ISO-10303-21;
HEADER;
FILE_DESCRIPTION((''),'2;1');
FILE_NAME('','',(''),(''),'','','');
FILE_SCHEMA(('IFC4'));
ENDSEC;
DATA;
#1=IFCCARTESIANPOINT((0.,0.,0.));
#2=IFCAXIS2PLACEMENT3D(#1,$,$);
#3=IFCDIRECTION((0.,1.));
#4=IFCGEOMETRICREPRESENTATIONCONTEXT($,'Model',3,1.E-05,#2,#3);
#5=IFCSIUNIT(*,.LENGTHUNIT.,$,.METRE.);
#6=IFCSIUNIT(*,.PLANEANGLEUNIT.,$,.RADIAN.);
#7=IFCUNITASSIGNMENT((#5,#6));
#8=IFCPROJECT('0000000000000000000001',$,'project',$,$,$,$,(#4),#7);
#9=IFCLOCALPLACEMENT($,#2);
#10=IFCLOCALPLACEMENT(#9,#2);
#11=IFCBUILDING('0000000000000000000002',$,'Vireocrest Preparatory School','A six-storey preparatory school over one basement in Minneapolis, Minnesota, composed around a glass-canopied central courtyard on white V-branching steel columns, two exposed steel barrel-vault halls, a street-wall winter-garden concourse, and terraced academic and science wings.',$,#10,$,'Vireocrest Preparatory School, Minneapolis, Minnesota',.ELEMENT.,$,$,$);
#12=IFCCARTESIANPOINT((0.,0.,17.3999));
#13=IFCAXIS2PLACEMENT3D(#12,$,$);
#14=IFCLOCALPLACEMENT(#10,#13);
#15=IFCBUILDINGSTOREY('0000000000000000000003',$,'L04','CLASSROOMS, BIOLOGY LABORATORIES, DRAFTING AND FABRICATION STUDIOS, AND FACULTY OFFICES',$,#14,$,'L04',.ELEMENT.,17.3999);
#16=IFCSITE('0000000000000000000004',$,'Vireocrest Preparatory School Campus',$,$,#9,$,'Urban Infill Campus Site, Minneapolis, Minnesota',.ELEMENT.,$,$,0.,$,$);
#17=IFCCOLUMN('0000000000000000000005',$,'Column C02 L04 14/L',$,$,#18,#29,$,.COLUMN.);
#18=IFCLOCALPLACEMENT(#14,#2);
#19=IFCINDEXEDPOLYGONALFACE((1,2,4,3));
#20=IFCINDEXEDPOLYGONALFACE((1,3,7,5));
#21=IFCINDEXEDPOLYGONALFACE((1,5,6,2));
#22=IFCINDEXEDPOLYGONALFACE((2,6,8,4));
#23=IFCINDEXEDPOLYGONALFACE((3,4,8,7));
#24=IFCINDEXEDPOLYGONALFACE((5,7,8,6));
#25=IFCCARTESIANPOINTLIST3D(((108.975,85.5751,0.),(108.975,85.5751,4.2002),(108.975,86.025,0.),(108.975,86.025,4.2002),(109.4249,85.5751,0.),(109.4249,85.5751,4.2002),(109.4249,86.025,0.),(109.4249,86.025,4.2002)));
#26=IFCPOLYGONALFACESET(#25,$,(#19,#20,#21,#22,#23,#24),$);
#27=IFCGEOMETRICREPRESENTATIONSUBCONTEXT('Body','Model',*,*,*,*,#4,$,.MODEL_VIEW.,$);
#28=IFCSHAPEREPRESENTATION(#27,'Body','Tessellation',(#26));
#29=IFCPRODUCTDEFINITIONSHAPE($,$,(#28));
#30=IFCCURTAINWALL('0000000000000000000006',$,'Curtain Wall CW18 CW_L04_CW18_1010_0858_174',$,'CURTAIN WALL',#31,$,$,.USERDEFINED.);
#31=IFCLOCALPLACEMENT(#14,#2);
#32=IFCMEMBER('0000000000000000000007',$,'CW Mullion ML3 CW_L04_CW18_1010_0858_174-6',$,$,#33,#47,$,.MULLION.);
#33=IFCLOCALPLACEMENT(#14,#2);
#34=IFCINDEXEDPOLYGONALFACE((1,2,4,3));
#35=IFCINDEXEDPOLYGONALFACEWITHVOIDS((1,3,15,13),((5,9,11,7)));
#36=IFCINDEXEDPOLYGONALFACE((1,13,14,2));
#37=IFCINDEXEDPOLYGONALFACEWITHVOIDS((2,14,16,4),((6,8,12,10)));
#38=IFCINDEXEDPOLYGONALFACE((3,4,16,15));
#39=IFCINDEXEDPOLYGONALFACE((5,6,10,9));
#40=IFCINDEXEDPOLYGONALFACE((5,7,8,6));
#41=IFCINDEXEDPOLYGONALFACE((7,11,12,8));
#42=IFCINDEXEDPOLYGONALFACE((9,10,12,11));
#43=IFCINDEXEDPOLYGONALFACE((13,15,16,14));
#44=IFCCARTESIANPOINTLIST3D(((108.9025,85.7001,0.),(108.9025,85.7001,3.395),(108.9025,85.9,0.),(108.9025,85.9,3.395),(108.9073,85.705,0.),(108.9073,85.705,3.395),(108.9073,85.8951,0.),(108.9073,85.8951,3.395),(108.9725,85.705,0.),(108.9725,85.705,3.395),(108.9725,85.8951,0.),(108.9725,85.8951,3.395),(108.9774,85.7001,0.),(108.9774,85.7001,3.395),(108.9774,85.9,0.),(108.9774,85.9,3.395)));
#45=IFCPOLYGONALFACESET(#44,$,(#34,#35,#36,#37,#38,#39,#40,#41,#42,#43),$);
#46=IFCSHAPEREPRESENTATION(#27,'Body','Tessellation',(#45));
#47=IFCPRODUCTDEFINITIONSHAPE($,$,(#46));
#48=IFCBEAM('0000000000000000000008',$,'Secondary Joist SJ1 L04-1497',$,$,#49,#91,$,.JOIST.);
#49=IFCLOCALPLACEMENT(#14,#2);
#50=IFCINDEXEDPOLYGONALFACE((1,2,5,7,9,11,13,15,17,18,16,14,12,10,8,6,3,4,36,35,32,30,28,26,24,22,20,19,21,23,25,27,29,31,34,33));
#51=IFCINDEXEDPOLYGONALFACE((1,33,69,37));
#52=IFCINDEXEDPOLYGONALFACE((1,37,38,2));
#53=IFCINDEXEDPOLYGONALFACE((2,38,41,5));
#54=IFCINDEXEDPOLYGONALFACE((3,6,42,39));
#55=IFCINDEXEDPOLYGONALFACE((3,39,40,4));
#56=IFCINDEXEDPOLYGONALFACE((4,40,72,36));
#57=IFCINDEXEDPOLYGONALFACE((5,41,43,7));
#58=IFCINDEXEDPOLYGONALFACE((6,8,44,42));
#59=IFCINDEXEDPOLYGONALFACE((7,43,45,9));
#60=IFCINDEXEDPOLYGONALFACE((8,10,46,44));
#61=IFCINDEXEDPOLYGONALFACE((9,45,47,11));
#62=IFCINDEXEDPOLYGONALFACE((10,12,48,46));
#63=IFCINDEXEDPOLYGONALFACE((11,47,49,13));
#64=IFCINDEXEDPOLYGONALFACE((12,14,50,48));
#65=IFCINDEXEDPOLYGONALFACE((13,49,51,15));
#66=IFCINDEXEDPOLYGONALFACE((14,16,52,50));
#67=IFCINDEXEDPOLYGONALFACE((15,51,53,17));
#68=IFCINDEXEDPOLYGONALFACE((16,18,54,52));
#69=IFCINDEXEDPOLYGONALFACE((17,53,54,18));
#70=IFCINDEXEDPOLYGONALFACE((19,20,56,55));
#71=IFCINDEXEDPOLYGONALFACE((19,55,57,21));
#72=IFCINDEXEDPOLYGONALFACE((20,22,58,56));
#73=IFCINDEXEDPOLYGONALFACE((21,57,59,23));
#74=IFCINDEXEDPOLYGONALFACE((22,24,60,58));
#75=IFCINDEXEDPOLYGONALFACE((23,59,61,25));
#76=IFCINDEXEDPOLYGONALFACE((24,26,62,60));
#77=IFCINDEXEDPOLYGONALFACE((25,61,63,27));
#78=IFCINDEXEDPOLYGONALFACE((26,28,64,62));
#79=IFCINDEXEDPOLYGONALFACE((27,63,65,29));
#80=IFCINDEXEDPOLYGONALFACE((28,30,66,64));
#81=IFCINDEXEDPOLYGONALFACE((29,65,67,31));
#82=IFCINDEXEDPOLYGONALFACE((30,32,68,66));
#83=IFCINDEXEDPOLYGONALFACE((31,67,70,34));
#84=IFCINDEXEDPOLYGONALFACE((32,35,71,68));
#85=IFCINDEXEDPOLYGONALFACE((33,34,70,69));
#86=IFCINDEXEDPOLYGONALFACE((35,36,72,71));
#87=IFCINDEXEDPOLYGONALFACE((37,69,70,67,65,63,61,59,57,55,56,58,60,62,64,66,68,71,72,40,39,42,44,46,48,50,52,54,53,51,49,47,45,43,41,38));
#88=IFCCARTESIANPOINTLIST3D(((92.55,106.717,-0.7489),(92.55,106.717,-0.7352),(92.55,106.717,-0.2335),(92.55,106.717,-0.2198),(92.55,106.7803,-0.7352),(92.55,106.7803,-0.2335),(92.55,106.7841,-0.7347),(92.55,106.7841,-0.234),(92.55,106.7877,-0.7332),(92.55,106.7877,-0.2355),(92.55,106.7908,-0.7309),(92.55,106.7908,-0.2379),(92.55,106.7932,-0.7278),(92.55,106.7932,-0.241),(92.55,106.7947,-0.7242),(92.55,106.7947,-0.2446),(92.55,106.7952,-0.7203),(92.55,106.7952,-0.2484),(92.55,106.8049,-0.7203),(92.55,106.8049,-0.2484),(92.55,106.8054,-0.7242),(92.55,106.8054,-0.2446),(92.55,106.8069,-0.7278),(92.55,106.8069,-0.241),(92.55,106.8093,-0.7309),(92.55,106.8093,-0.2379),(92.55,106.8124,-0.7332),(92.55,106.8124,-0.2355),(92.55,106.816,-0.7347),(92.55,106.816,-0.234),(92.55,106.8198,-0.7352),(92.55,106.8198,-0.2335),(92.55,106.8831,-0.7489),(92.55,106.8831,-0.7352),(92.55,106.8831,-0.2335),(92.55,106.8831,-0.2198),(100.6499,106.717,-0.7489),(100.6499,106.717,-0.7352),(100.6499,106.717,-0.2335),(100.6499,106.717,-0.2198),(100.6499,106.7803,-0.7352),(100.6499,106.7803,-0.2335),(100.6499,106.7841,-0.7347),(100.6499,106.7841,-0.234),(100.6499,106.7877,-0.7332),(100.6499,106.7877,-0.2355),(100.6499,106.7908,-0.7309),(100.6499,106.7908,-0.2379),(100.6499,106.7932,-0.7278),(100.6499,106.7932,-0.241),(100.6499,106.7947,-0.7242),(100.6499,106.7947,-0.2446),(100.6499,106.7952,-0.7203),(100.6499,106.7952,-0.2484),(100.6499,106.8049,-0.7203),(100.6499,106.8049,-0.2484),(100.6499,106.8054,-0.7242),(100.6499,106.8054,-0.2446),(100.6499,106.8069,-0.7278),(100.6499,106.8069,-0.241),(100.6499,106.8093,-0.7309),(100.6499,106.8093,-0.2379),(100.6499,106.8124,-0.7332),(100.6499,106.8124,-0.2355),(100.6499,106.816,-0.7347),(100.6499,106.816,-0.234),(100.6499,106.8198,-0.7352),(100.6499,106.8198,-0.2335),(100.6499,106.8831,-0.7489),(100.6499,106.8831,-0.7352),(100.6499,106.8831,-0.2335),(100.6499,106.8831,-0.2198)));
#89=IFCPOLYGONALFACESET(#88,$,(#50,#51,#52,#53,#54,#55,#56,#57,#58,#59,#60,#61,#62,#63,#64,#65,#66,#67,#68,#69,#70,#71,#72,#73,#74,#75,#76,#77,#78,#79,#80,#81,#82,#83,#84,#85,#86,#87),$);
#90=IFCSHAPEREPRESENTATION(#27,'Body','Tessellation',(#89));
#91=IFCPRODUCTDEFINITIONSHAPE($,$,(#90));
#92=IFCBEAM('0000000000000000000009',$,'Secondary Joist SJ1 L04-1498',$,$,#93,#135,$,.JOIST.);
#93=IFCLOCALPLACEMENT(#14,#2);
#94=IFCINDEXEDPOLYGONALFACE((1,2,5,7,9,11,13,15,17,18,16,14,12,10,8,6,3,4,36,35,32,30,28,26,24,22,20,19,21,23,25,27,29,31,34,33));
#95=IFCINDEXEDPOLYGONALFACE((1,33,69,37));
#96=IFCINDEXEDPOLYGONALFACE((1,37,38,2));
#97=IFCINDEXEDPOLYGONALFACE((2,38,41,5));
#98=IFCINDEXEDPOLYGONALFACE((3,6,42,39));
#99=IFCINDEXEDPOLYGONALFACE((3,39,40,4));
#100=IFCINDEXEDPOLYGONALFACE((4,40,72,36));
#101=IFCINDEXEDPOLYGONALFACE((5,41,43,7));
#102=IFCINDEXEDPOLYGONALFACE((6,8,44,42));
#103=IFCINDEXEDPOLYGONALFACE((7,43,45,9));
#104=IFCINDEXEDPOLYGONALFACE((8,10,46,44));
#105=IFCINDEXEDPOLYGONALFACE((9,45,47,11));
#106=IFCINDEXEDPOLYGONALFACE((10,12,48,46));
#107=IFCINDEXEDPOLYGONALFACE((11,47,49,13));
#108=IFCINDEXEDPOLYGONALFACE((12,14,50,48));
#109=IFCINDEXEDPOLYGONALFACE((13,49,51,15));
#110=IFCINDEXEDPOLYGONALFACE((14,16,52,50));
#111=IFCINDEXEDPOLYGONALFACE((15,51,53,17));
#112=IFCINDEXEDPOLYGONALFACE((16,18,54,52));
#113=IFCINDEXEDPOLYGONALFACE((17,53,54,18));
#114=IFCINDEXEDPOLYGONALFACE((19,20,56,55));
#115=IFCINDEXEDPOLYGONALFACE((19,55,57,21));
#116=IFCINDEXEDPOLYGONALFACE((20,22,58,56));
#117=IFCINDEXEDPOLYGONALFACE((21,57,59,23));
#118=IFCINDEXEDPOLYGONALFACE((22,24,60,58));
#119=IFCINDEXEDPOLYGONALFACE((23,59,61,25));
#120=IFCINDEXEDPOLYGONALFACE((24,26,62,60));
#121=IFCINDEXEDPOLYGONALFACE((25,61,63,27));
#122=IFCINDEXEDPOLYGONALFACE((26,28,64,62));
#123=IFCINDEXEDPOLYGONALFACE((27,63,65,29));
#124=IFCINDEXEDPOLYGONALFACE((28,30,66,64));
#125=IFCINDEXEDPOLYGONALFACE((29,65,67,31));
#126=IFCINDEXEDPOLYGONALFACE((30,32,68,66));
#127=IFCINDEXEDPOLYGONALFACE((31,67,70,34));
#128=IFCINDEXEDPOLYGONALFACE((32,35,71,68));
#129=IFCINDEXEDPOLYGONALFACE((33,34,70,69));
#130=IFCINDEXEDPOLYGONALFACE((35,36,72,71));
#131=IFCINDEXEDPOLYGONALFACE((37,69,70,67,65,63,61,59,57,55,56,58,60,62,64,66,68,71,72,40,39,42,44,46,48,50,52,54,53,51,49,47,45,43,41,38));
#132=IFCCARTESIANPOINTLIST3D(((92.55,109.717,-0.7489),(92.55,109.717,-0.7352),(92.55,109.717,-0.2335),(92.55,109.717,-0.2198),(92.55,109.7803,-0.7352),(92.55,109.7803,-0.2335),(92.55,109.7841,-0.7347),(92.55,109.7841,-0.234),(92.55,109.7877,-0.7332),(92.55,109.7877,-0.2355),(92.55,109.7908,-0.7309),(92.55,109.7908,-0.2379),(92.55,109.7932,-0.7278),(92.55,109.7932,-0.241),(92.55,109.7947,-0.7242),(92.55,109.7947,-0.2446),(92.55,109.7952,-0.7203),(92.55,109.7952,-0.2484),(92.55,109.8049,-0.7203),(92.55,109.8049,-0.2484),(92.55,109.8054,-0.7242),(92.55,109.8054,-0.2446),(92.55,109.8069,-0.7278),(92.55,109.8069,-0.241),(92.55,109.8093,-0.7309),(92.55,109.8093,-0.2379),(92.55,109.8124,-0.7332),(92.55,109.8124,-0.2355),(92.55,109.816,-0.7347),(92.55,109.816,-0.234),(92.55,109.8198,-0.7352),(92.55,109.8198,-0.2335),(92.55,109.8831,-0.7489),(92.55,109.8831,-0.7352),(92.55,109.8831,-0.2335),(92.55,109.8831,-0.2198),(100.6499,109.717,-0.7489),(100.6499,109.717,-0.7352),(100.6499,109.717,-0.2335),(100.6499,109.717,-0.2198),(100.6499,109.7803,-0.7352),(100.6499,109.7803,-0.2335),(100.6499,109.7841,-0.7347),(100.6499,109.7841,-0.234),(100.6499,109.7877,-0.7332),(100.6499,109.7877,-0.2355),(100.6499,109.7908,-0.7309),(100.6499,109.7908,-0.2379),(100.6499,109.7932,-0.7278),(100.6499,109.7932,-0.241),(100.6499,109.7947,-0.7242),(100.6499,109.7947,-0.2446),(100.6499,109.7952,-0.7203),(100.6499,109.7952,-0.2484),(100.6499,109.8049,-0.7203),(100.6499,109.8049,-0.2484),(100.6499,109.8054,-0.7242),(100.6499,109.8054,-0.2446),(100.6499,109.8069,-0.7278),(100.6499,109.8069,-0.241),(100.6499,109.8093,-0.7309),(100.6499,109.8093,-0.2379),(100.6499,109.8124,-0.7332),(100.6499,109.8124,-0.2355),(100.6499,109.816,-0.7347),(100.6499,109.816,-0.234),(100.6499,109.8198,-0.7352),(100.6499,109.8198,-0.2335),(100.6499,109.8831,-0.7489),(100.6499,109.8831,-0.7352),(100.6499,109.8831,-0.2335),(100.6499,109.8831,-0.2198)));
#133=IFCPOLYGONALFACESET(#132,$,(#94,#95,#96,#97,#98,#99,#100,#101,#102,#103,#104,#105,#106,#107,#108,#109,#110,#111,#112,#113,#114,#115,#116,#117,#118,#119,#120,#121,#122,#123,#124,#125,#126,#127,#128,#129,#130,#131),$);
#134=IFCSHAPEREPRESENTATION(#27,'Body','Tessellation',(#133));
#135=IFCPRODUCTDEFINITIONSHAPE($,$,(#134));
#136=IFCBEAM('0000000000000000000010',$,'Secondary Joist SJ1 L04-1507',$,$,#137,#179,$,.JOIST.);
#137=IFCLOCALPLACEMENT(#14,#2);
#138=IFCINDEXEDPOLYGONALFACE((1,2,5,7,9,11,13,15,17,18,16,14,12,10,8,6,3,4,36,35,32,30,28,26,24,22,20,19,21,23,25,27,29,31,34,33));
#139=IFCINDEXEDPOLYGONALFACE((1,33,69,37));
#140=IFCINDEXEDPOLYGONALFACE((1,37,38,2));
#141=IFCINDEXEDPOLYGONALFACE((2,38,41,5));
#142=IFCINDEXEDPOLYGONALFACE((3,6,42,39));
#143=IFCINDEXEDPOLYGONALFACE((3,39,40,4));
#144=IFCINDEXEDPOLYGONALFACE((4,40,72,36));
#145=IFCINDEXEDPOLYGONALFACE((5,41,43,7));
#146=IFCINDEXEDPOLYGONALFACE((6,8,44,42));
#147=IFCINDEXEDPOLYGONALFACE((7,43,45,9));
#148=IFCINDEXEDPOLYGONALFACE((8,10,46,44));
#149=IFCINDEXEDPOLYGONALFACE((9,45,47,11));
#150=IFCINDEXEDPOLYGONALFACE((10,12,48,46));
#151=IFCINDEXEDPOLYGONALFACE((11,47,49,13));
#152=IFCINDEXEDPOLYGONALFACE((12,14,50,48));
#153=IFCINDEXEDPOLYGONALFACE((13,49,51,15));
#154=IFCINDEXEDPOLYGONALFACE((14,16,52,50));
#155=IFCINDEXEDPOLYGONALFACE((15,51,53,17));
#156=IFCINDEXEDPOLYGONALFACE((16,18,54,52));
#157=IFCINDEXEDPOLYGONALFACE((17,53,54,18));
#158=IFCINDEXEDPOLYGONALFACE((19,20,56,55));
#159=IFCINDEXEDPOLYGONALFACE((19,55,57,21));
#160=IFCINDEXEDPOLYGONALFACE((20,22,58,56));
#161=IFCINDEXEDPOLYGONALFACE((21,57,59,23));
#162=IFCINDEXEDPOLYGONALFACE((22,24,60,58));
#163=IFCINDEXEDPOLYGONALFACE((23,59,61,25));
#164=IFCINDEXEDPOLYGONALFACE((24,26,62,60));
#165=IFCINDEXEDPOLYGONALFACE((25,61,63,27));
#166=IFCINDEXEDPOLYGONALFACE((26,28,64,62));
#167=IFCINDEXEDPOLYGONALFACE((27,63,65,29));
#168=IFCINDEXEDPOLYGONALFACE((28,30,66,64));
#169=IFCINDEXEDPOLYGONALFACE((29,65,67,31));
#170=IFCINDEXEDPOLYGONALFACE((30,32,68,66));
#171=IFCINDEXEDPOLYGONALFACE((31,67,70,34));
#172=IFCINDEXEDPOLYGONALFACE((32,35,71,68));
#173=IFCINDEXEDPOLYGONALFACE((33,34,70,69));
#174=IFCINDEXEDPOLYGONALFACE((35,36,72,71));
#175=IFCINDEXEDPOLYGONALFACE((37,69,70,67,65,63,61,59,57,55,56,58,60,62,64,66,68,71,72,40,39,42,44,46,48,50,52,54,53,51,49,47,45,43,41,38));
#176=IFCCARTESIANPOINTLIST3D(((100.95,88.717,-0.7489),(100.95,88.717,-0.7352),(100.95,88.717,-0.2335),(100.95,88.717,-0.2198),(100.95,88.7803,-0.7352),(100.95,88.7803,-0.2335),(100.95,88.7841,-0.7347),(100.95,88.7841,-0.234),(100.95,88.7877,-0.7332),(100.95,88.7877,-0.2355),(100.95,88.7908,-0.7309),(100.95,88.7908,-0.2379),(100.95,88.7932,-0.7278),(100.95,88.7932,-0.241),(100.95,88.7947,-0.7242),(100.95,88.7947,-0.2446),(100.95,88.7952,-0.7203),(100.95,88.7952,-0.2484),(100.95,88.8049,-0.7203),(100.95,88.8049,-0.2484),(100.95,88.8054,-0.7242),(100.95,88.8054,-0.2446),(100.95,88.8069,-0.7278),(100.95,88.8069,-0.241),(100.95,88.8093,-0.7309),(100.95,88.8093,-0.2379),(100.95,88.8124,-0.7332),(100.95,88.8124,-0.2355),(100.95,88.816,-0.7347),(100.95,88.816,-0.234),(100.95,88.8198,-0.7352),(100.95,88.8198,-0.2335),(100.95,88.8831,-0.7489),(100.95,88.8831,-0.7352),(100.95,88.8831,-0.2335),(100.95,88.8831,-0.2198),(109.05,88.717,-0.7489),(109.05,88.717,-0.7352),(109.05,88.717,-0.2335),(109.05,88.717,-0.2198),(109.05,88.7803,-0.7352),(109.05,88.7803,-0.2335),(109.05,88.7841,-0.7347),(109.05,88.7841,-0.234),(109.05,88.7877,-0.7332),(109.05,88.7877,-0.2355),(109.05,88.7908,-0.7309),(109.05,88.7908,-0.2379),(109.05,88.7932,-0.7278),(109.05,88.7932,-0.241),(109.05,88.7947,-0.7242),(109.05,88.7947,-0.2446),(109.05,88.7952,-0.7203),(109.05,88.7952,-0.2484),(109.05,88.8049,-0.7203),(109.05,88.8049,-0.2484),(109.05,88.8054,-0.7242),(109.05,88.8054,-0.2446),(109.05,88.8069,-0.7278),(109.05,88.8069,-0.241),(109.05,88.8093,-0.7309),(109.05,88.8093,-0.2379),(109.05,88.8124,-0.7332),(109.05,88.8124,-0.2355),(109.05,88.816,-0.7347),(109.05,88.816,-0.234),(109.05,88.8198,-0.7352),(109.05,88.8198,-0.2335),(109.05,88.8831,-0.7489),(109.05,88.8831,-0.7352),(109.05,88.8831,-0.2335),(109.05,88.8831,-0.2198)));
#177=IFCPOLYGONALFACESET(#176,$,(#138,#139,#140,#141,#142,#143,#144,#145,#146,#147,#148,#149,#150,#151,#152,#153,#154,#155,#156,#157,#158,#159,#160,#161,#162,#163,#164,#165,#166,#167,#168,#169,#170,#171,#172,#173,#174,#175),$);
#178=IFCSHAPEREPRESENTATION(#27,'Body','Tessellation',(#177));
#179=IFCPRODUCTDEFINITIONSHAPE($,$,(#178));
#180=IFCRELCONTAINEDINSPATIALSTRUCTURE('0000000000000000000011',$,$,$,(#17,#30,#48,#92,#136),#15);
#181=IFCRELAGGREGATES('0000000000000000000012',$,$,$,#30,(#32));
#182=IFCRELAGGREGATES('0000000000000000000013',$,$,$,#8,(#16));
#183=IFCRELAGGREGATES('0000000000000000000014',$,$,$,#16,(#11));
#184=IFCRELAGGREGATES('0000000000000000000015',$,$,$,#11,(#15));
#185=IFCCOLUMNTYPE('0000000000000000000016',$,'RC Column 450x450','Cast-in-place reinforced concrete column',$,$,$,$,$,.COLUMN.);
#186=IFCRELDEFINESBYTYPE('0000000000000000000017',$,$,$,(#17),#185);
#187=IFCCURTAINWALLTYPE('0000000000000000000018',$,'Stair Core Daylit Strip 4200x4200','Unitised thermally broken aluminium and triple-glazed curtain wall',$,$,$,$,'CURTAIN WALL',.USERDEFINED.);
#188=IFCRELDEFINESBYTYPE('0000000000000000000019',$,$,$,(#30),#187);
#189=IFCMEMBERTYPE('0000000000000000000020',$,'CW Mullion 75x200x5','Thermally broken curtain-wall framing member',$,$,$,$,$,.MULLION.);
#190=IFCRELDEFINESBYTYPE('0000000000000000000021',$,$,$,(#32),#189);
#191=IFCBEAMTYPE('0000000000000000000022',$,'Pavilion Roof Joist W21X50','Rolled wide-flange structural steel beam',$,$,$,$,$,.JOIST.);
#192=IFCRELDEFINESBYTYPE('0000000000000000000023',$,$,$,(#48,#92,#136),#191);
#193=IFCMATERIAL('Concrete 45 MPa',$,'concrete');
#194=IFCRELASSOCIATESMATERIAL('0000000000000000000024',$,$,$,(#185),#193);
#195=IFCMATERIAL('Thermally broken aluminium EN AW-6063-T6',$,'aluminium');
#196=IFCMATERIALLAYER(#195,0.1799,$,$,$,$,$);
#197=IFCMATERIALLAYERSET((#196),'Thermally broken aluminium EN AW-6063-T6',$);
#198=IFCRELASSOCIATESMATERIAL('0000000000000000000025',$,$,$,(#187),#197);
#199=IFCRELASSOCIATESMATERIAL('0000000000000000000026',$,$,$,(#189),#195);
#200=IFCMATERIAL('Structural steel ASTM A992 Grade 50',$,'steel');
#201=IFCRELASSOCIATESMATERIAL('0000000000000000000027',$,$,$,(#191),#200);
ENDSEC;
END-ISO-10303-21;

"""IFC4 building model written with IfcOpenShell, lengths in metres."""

from ifc_helpers import new_model, si_unit, direction, frame, origin, origin_2d, place, context, subcontext, project, spatial, rectangle, hollow_rectangle, i_section, extrude, material, layer, layer_set, material_profile, profile_set, type_object, element, aggregate, save


model = new_model("IFC4")

# Units and contexts
model_context = context("Model", 3, precision=1e-05, world=origin(), true_north=direction((0.0, 1.0)))
body_context = subcontext(model_context, "Body", "Model", "MODEL_VIEW")
ifc_project = project(units=[si_unit("LENGTHUNIT", "METRE"), si_unit("PLANEANGLEUNIT", "RADIAN")], contexts=[model_context])

# Site, building, storey
site_placement = place(None, origin())
site = spatial("IfcSite", under=ifc_project, at=site_placement, Name="Vireocrest Preparatory School Campus", LongName="Urban Infill Campus Site, Minneapolis, Minnesota", CompositionType="ELEMENT", RefElevation=0.0)
building_placement = place(site_placement, origin())
building = spatial("IfcBuilding", under=site, at=building_placement, Name="Vireocrest Preparatory School", Description="A six-storey preparatory school over one basement in Minneapolis, Minnesota, composed around a glass-canopied central courtyard on white V-branching steel columns, two exposed steel barrel-vault halls, a street-wall winter-garden concourse, and terraced academic and science wings.", LongName="Vireocrest Preparatory School, Minneapolis, Minnesota", CompositionType="ELEMENT")
storey_placement = place(building_placement, frame((0.0, 0.0, 17.3999)))
storey = spatial("IfcBuildingStorey", under=building, at=storey_placement, Name="L04", Description="CLASSROOMS, BIOLOGY LABORATORIES, DRAFTING AND FABRICATION STUDIOS, AND FACULTY OFFICES", LongName="L04", CompositionType="ELEMENT", Elevation=17.3999)

# Column
ifc_material_1 = material(Name="Concrete 45 MPa", Category="concrete")
ifc_material_profile_1 = material_profile(ifc_material_1, rectangle(XDim=0.45, YDim=0.45, at=origin_2d()), Name="RC 450x450")
ifc_profile_set_1 = profile_set([ifc_material_profile_1], Name="Concrete 45 MPa")
column_type = type_object("IfcColumnType", Name="RC Column 450x450", Description="Cast-in-place reinforced concrete column", PredefinedType="COLUMN", material=ifc_profile_set_1)
column_placement = place(storey_placement, frame((109.2, 85.8, 0.0), z_axis=(0.0, 0.0, 1.0), x_axis=(1.0, 0.0, 0.0)))
element("IfcColumn", 1, at=column_placement, inside=storey, type_object=column_type, Name="Column C02 L04 14/L", PredefinedType="COLUMN", context=body_context, shape_type="SweptSolid", body=[
    extrude(rectangle(XDim=0.45, YDim=0.45, at=origin_2d()), origin(), (0.0, 0.0, 1.0), 4.2002),
])

# Curtain wall, member
ifc_material_2 = material(Name="Thermally broken aluminium EN AW-6063-T6", Category="aluminium")
ifc_layer_1 = layer(ifc_material_2, 0.1799)
ifc_layer_set_1 = layer_set([ifc_layer_1], Name="Thermally broken aluminium EN AW-6063-T6")
curtain_wall_type = type_object("IfcCurtainWallType", Name="Stair Core Daylit Strip 4200x4200", Description="Unitised thermally broken aluminium and triple-glazed curtain wall", ElementType="CURTAIN WALL", PredefinedType="USERDEFINED", material=ifc_layer_set_1)
curtain_wall_placement = place(storey_placement, origin())
curtain_wall = element("IfcCurtainWall", 2, at=curtain_wall_placement, inside=storey, type_object=curtain_wall_type, Name="Curtain Wall CW18 CW_L04_CW18_1010_0858_174", ObjectType="CURTAIN WALL", PredefinedType="USERDEFINED")
ifc_material_profile_2 = material_profile(ifc_material_2, hollow_rectangle(XDim=0.075, YDim=0.2, WallThickness=0.0049, at=origin_2d()), Name="ALU 75x200x5")
ifc_profile_set_2 = profile_set([ifc_material_profile_2], Name="Thermally broken aluminium EN AW-6063-T6")
member_type = type_object("IfcMemberType", Name="CW Mullion 75x200x5", Description="Thermally broken curtain-wall framing member", PredefinedType="MULLION", material=ifc_profile_set_2)
member_placement = place(storey_placement, frame((108.9399, 85.8, 0.0), z_axis=(0.0, 0.0, 1.0), x_axis=(1.0, 0.0, 0.0)))
member = element("IfcMember", 3, at=member_placement, type_object=member_type, Name="CW Mullion ML3 CW_L04_CW18_1010_0858_174-6", PredefinedType="MULLION", context=body_context, shape_type="SweptSolid", body=[
    extrude(hollow_rectangle(XDim=0.075, YDim=0.2, WallThickness=0.0049, at=origin_2d()), origin(), (0.0, 0.0, 1.0), 3.395),
])

# Beams
ifc_material_3 = material(Name="Structural steel ASTM A992 Grade 50", Category="steel")
ifc_material_profile_3 = material_profile(ifc_material_3, i_section(OverallWidth=0.166, OverallDepth=0.5291, WebThickness=0.0098, FlangeThickness=0.0137, FilletRadius=0.0149, at=origin_2d()), Name="W21X50")
ifc_profile_set_3 = profile_set([ifc_material_profile_3], Name="Structural steel ASTM A992 Grade 50")
beam_type_1 = type_object("IfcBeamType", Name="Pavilion Roof Joist W21X50", Description="Rolled wide-flange structural steel beam", PredefinedType="JOIST", material=ifc_profile_set_3)
for number, where, z_axis, x_axis, name in (
    (4, (92.55, 106.8, -0.4844), (1.0, 0.0, 0.0), (0.0, 1.0, 0.0), "Secondary Joist SJ1 L04-1497"),
    (5, (92.55, 109.8, -0.4844), (1.0, 0.0, 0.0), (0.0, 1.0, 0.0), "Secondary Joist SJ1 L04-1498"),
):
    element("IfcBeam", number, at=place(storey_placement, frame(where, z_axis=z_axis, x_axis=x_axis)), inside=storey, type_object=beam_type_1, Name=name, PredefinedType="JOIST", context=body_context, shape_type="SweptSolid", body=[
        extrude(i_section(OverallWidth=0.166, OverallDepth=0.5291, WebThickness=0.0098, FlangeThickness=0.0137, FilletRadius=0.0149, at=origin_2d()), origin(), (0.0, 0.0, 1.0), 8.0999),
    ])
for number, where, z_axis, x_axis, name in (
    (6, (100.95, 88.8, -0.4844), (1.0, 0.0, 0.0), (0.0, 1.0, 0.0), "Secondary Joist SJ1 L04-1507"),
):
    element("IfcBeam", number, at=place(storey_placement, frame(where, z_axis=z_axis, x_axis=x_axis)), inside=storey, type_object=beam_type_1, Name=name, PredefinedType="JOIST", context=body_context, shape_type="SweptSolid", body=[
        extrude(i_section(OverallWidth=0.166, OverallDepth=0.5291, WebThickness=0.0098, FlangeThickness=0.0137, FilletRadius=0.0149, at=origin_2d()), origin(), (0.0, 0.0, 1.0), 8.1001),
    ])

aggregate(curtain_wall, [member])

save(model, "model.ifc")
